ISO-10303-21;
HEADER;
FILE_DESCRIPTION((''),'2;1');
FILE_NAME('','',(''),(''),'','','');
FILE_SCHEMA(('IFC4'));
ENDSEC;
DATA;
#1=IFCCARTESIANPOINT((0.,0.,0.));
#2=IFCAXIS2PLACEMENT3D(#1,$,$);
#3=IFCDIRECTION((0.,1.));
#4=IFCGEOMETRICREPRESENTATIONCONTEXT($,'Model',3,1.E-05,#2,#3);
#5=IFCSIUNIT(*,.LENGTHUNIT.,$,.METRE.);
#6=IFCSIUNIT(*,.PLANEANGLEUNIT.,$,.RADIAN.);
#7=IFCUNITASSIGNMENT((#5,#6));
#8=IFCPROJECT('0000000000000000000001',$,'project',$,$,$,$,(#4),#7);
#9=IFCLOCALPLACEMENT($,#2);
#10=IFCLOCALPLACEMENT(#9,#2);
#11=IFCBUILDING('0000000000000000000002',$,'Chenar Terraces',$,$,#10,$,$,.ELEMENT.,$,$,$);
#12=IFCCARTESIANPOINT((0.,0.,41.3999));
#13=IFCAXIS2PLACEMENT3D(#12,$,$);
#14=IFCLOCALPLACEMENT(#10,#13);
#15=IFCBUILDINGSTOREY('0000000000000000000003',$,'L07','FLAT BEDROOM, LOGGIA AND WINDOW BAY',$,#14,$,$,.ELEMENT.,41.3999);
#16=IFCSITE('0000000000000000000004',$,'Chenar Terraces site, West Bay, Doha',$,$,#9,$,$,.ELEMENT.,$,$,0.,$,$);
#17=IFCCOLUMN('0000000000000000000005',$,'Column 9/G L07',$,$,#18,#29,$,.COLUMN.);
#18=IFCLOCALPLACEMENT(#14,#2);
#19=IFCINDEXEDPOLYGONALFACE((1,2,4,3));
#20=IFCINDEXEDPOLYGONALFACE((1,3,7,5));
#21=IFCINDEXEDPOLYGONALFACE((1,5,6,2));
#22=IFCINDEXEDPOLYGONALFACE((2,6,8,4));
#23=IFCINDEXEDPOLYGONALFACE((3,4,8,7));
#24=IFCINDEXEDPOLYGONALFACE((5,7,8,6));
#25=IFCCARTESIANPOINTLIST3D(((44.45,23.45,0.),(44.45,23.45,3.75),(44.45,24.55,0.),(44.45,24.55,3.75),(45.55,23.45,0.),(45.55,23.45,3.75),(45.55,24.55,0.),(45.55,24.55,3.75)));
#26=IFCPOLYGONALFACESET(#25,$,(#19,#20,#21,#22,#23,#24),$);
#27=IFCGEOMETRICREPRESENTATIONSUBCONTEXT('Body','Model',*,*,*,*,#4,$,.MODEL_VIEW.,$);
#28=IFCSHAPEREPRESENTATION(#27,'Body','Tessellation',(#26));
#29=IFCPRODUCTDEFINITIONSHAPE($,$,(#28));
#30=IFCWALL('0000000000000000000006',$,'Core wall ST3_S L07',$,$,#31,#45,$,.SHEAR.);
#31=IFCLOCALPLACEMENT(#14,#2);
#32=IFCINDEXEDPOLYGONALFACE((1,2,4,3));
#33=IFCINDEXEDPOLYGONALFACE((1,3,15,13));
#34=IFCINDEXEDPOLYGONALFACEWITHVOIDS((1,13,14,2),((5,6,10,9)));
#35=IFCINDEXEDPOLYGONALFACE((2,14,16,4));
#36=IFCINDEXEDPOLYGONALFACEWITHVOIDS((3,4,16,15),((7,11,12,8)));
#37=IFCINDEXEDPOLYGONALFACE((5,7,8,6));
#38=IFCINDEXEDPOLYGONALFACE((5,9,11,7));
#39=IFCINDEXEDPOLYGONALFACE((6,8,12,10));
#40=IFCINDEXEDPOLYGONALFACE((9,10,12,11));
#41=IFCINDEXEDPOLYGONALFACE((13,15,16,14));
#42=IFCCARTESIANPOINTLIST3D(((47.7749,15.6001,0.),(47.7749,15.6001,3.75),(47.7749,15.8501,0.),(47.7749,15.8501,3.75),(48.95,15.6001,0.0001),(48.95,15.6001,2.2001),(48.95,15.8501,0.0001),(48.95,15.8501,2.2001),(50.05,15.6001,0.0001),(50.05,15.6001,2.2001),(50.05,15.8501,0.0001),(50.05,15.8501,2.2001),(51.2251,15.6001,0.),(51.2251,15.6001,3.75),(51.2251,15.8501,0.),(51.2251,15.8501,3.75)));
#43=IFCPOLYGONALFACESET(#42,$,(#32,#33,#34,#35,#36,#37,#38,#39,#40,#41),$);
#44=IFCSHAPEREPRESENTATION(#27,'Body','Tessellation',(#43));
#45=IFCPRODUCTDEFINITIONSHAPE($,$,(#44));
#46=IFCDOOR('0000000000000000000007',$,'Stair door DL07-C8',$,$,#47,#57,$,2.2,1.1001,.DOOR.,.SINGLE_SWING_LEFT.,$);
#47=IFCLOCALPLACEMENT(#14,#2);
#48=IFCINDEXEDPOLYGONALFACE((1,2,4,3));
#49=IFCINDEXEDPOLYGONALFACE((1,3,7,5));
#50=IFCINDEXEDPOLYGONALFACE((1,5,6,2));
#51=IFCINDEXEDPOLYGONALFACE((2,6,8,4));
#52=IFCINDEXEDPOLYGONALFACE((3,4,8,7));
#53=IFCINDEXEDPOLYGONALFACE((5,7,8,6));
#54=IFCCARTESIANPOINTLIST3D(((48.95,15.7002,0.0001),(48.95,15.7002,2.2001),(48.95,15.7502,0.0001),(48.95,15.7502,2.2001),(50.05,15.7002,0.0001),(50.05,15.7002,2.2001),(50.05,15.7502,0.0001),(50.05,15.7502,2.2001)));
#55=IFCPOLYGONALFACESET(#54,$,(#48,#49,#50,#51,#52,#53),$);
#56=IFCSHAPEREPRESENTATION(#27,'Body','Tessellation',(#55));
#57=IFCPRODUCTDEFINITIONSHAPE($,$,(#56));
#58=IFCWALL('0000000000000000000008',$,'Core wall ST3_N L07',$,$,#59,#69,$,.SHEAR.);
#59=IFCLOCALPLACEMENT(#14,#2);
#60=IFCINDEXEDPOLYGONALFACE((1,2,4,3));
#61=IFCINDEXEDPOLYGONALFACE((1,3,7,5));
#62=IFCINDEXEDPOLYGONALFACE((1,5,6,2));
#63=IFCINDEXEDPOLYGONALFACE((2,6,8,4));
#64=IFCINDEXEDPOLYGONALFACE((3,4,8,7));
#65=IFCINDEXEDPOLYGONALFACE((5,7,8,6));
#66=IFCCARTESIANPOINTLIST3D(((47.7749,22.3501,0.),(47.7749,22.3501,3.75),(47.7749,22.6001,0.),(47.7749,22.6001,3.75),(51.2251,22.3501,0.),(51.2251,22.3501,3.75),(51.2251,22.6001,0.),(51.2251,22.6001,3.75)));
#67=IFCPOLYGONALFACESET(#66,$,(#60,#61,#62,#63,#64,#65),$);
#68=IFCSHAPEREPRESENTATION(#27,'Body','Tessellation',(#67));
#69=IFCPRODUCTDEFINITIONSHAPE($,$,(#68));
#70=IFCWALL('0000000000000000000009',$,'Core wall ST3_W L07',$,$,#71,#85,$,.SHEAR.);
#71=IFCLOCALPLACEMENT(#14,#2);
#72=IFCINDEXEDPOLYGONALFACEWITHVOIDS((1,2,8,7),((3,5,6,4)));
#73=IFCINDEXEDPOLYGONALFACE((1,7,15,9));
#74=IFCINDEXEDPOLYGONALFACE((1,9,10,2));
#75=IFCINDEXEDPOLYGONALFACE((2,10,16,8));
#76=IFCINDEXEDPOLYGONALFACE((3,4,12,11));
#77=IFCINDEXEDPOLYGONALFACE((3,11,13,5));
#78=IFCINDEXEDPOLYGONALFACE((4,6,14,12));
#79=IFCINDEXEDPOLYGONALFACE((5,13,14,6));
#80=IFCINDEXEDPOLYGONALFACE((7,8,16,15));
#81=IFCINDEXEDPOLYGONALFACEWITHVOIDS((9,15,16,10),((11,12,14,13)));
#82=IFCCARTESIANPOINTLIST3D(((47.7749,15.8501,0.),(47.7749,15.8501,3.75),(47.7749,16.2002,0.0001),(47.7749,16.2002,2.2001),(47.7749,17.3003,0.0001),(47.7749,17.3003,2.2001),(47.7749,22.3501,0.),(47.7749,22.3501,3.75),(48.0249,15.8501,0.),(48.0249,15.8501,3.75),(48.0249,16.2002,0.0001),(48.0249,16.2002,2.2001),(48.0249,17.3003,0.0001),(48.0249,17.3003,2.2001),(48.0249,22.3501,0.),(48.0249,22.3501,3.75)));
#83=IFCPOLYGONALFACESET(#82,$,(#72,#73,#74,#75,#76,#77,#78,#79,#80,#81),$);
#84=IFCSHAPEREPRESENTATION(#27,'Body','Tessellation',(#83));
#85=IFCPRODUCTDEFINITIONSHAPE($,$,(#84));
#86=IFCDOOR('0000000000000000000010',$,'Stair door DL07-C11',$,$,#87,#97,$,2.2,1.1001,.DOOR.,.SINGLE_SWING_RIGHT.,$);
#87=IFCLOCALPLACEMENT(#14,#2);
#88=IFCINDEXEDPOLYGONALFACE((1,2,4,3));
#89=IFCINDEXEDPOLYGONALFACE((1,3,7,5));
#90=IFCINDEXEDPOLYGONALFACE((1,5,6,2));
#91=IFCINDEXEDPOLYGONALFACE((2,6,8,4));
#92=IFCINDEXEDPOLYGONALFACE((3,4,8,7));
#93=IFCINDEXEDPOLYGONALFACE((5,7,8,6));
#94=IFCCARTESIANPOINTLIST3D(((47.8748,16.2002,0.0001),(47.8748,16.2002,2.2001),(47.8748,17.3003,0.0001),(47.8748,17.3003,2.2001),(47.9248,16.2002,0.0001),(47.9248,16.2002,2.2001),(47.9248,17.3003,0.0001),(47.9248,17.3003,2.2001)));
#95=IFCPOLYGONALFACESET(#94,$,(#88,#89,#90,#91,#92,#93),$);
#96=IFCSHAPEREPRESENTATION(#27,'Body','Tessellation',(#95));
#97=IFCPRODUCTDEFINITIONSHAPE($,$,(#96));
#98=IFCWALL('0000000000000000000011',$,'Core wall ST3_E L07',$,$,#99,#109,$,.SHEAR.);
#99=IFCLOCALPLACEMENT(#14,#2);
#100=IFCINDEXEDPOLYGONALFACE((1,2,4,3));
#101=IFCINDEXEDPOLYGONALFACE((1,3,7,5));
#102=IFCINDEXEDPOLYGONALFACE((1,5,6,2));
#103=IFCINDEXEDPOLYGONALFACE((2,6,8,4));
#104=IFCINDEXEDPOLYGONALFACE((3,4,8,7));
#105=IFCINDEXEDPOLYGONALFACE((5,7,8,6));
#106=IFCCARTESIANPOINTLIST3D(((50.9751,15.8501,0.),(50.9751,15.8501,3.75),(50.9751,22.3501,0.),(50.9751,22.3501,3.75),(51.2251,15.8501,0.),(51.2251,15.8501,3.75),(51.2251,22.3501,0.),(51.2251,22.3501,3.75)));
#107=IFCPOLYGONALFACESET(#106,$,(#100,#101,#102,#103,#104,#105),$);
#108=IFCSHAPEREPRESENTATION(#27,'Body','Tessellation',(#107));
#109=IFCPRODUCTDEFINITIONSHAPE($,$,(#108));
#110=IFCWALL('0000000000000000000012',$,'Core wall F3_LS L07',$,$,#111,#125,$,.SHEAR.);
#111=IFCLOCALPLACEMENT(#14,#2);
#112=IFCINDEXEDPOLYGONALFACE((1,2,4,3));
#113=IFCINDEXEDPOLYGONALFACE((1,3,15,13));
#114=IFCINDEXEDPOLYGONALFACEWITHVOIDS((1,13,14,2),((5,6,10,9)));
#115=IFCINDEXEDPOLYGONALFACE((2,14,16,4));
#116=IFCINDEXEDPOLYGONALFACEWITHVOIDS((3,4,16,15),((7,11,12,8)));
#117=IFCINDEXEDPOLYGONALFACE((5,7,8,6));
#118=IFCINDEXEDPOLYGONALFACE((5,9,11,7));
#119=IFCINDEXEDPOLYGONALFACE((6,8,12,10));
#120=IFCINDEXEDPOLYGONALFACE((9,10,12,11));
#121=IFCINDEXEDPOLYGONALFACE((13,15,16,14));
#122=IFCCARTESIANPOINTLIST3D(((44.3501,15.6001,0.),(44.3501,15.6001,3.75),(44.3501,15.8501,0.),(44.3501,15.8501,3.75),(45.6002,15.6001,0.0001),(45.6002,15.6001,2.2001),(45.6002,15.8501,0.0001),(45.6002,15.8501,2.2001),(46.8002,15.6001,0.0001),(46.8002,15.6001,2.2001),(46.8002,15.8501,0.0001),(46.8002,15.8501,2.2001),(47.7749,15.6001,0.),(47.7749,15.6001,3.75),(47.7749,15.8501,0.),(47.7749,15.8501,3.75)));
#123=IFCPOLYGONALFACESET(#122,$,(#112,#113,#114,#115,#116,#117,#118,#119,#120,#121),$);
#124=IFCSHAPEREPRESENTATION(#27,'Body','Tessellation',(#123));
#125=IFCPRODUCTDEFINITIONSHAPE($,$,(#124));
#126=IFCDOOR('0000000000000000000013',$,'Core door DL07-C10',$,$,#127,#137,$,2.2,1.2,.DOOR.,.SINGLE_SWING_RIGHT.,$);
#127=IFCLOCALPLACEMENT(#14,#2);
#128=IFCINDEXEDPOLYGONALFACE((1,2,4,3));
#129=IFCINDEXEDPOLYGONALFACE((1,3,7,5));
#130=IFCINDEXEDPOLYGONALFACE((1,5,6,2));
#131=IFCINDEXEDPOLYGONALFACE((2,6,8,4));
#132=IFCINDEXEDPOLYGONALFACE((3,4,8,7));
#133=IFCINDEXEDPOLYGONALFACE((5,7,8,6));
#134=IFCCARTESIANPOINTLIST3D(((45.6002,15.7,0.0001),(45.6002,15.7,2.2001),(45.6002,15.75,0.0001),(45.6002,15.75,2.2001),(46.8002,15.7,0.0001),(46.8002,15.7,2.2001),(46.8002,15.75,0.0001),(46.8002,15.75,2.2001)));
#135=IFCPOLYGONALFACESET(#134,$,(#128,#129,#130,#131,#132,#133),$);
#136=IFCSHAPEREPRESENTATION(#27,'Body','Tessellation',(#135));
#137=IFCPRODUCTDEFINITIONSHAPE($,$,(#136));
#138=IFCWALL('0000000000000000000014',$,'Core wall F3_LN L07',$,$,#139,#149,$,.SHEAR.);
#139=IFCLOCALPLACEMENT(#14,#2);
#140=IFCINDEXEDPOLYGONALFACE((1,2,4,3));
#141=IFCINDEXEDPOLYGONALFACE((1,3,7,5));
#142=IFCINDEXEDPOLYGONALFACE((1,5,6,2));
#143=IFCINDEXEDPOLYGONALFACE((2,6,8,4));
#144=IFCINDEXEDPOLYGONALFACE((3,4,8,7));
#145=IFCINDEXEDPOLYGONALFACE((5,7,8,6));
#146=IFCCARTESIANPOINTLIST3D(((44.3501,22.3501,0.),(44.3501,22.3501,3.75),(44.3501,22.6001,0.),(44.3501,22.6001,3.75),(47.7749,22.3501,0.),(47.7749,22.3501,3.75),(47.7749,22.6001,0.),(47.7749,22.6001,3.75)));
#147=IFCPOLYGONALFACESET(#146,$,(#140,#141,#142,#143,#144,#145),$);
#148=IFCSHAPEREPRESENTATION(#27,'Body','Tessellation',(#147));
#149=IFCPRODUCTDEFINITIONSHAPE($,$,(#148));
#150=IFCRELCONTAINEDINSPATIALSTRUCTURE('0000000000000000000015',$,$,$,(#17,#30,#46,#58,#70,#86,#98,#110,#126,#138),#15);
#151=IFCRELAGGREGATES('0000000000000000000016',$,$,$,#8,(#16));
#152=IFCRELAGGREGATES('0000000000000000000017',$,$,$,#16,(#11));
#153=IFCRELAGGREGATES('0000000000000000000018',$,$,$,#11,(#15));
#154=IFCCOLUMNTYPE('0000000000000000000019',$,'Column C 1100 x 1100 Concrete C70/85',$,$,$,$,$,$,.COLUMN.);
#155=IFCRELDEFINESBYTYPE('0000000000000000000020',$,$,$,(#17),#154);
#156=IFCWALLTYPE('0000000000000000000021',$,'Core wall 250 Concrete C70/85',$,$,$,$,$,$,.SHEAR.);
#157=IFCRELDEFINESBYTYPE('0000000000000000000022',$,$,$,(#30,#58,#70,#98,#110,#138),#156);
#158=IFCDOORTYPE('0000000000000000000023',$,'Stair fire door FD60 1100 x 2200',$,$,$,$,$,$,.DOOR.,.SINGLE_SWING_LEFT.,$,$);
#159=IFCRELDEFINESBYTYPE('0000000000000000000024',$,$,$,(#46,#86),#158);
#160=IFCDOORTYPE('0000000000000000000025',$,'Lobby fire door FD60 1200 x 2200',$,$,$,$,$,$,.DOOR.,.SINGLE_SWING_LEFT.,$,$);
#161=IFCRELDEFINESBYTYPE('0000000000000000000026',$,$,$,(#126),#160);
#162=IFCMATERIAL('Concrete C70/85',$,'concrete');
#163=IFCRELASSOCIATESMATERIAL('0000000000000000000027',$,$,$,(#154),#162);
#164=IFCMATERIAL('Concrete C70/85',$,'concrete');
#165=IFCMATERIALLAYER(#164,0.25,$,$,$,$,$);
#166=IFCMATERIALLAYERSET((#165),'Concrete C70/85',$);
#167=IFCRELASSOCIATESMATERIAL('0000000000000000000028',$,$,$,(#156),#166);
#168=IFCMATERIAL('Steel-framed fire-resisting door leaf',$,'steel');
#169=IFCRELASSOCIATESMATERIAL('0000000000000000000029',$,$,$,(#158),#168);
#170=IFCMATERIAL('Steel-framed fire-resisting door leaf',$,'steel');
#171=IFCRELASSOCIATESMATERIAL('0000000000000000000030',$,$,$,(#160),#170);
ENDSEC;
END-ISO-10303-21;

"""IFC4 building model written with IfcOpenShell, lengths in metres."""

from ifc_helpers import new_model, si_unit, direction, frame, frame_2d, origin, origin_2d, place, context, subcontext, project, spatial, rectangle, extrude, material, layer, layer_set, material_profile, profile_set, type_object, element, fill, save


model = new_model("IFC4")

# Units and contexts
model_context = context("Model", 3, precision=1e-05, world=origin(), true_north=direction((0.0, 1.0)))
body_context = subcontext(model_context, "Body", "Model", "MODEL_VIEW")
ifc_project = project(units=[si_unit("LENGTHUNIT", "METRE"), si_unit("PLANEANGLEUNIT", "RADIAN")], contexts=[model_context])

# Site, building, storey
site_placement = place(None, origin())
site = spatial("IfcSite", under=ifc_project, at=site_placement, Name="Chenar Terraces site, West Bay, Doha", CompositionType="ELEMENT", RefElevation=0.0)
building_placement = place(site_placement, origin())
building = spatial("IfcBuilding", under=site, at=building_placement, Name="Chenar Terraces", CompositionType="ELEMENT")
storey_placement = place(building_placement, frame((0.0, 0.0, 41.3999)))
storey = spatial("IfcBuildingStorey", under=building, at=storey_placement, Name="L07", Description="FLAT BEDROOM, LOGGIA AND WINDOW BAY", CompositionType="ELEMENT", Elevation=41.3999)

# Column
ifc_material_1 = material(Name="Concrete C70/85", Category="concrete")
ifc_material_profile_1 = material_profile(ifc_material_1, rectangle(XDim=1.1001, YDim=1.1001, at=origin_2d()), Name="C 1100 x 1100")
ifc_profile_set_1 = profile_set([ifc_material_profile_1], Name="Concrete C70/85")
column_type = type_object("IfcColumnType", Name="Column C 1100 x 1100 Concrete C70/85", PredefinedType="COLUMN", material=ifc_profile_set_1)
column_placement = place(storey_placement, frame((45.0, 24.0, 0.0), z_axis=(0.0, 0.0, 1.0), x_axis=(1.0, 0.0, 0.0)))
element("IfcColumn", 1, at=column_placement, inside=storey, type_object=column_type, Name="Column 9/G L07", PredefinedType="COLUMN", context=body_context, shape_type="SweptSolid", body=[
    extrude(rectangle(XDim=1.1001, YDim=1.1001, at=origin_2d()), origin(), (0.0, 0.0, 1.0), 3.75),
])

# Wall, opening, door
ifc_material_2 = material(Name="Concrete C70/85", Category="concrete")
ifc_layer_1 = layer(ifc_material_2, 0.25)
ifc_layer_set_1 = layer_set([ifc_layer_1], Name="Concrete C70/85")
wall_type_1 = type_object("IfcWallType", Name="Core wall 250 Concrete C70/85", PredefinedType="SHEAR", material=ifc_layer_set_1)
wall_1_placement = place(storey_placement, frame((47.7749, 15.7251, 0.0), z_axis=(0.0, 0.0, 1.0), x_axis=(1.0, 0.0, 0.0)))
wall_1 = element("IfcWall", 2, at=wall_1_placement, inside=storey, type_object=wall_type_1, Name="Core wall ST3_S L07", PredefinedType="SHEAR", context=body_context, shape_type="SweptSolid", body=[
    extrude(rectangle(XDim=3.4502, YDim=0.25, at=frame_2d((1.7251, 0.0))), origin(), (0.0, 0.0, 1.0), 3.75),
])
opening_1_placement = place(wall_1_placement, frame((1.175, 0.0, 0.0)))
opening_1 = element("IfcOpeningElement", 3, at=opening_1_placement, cuts=wall_1, PredefinedType="OPENING", context=body_context, shape_type="SweptSolid", body=[
    extrude(rectangle(XDim=1.1001, YDim=2.2, at=frame_2d((0.55, 1.1001))), frame((0.0, 0.135, 0.0), z_axis=(0.0, -1.0, 0.0), x_axis=(1.0, 0.0, 0.0)), (0.0, 0.0, 1.0), 0.27),
])
ifc_material_3 = material(Name="Steel-framed fire-resisting door leaf", Category="steel")
door_type_1 = type_object("IfcDoorType", Name="Stair fire door FD60 1100 x 2200", OperationType="SINGLE_SWING_LEFT", PredefinedType="DOOR", material=ifc_material_3)
door_1_placement = place(opening_1_placement, frame((1.1001, 0.0, 0.0), z_axis=(0.0, 0.0, 1.0), x_axis=(-1.0, 0.0, 0.0)))
door_1 = element("IfcDoor", 4, at=door_1_placement, inside=storey, type_object=door_type_1, Name="Stair door DL07-C8", OperationType="SINGLE_SWING_LEFT", OverallHeight=2.2, OverallWidth=1.1001, PredefinedType="DOOR", context=body_context, shape_type="SweptSolid", body=[
    extrude(rectangle(XDim=1.1001, YDim=2.2, at=frame_2d((0.55, 1.1001))), frame((0.0, 0.0249, 0.0), z_axis=(0.0, -1.0, 0.0), x_axis=(1.0, 0.0, 0.0)), (0.0, 0.0, 1.0), 0.05),
])
fill(opening_1, door_1)

# Wall
wall_2_placement = place(storey_placement, frame((47.7749, 22.4751, 0.0), z_axis=(0.0, 0.0, 1.0), x_axis=(1.0, 0.0, 0.0)))
element("IfcWall", 5, at=wall_2_placement, inside=storey, type_object=wall_type_1, Name="Core wall ST3_N L07", PredefinedType="SHEAR", context=body_context, shape_type="SweptSolid", body=[
    extrude(rectangle(XDim=3.4502, YDim=0.25, at=frame_2d((1.7251, 0.0))), origin(), (0.0, 0.0, 1.0), 3.75),
])

# Wall, opening, door
wall_3_placement = place(storey_placement, frame((47.8999, 15.8501, 0.0), z_axis=(0.0, 0.0, 1.0), x_axis=(0.0, 1.0, 0.0)))
wall_3 = element("IfcWall", 6, at=wall_3_placement, inside=storey, type_object=wall_type_1, Name="Core wall ST3_W L07", PredefinedType="SHEAR", context=body_context, shape_type="SweptSolid", body=[
    extrude(rectangle(XDim=6.5, YDim=0.25, at=frame_2d((3.25, 0.0))), origin(), (0.0, 0.0, 1.0), 3.75),
])
opening_2_placement = place(wall_3_placement, frame((0.3501, 0.0, 0.0)))
opening_2 = element("IfcOpeningElement", 7, at=opening_2_placement, cuts=wall_3, PredefinedType="OPENING", context=body_context, shape_type="SweptSolid", body=[
    extrude(rectangle(XDim=1.1001, YDim=2.2, at=frame_2d((0.55, 1.1001))), frame((0.0, 0.135, 0.0), z_axis=(0.0, -1.0, 0.0), x_axis=(1.0, 0.0, 0.0)), (0.0, 0.0, 1.0), 0.27),
])
door_2_placement = place(opening_2_placement, frame((1.1001, 0.0, 0.0), z_axis=(0.0, 0.0, 1.0), x_axis=(-1.0, 0.0, 0.0)))
door_2 = element("IfcDoor", 8, at=door_2_placement, inside=storey, type_object=door_type_1, Name="Stair door DL07-C11", OperationType="SINGLE_SWING_RIGHT", OverallHeight=2.2, OverallWidth=1.1001, PredefinedType="DOOR", context=body_context, shape_type="SweptSolid", body=[
    extrude(rectangle(XDim=1.1001, YDim=2.2, at=frame_2d((0.55, 1.1001))), frame((0.0, 0.0249, 0.0), z_axis=(0.0, -1.0, 0.0), x_axis=(1.0, 0.0, 0.0)), (0.0, 0.0, 1.0), 0.05),
])
fill(opening_2, door_2)

# Wall
wall_4_placement = place(storey_placement, frame((51.1001, 15.8501, 0.0), z_axis=(0.0, 0.0, 1.0), x_axis=(0.0, 1.0, 0.0)))
element("IfcWall", 9, at=wall_4_placement, inside=storey, type_object=wall_type_1, Name="Core wall ST3_E L07", PredefinedType="SHEAR", context=body_context, shape_type="SweptSolid", body=[
    extrude(rectangle(XDim=6.5, YDim=0.25, at=frame_2d((3.25, 0.0))), origin(), (0.0, 0.0, 1.0), 3.75),
])

# Wall, opening, door
wall_5_placement = place(storey_placement, frame((44.3501, 15.7251, 0.0), z_axis=(0.0, 0.0, 1.0), x_axis=(1.0, 0.0, 0.0)))
wall_5 = element("IfcWall", 10, at=wall_5_placement, inside=storey, type_object=wall_type_1, Name="Core wall F3_LS L07", PredefinedType="SHEAR", context=body_context, shape_type="SweptSolid", body=[
    extrude(rectangle(XDim=3.4248, YDim=0.25, at=frame_2d((1.7124, 0.0))), origin(), (0.0, 0.0, 1.0), 3.75),
])
opening_3_placement = place(wall_5_placement, frame((1.25, 0.0, 0.0)))
opening_3 = element("IfcOpeningElement", 11, at=opening_3_placement, cuts=wall_5, PredefinedType="OPENING", context=body_context, shape_type="SweptSolid", body=[
    extrude(rectangle(XDim=1.2, YDim=2.2, at=frame_2d((0.6001, 1.1001))), frame((0.0, 0.135, 0.0), z_axis=(0.0, -1.0, 0.0), x_axis=(1.0, 0.0, 0.0)), (0.0, 0.0, 1.0), 0.27),
])
ifc_material_4 = material(Name="Steel-framed fire-resisting door leaf", Category="steel")
door_type_2 = type_object("IfcDoorType", Name="Lobby fire door FD60 1200 x 2200", OperationType="SINGLE_SWING_LEFT", PredefinedType="DOOR", material=ifc_material_4)
door_3_placement = place(opening_3_placement, origin())
door_3 = element("IfcDoor", 12, at=door_3_placement, inside=storey, type_object=door_type_2, Name="Core door DL07-C10", OperationType="SINGLE_SWING_RIGHT", OverallHeight=2.2, OverallWidth=1.2, PredefinedType="DOOR", context=body_context, shape_type="SweptSolid", body=[
    extrude(rectangle(XDim=1.2, YDim=2.2, at=frame_2d((0.6001, 1.1001))), frame((0.0, 0.0249, 0.0), z_axis=(0.0, -1.0, 0.0), x_axis=(1.0, 0.0, 0.0)), (0.0, 0.0, 1.0), 0.05),
])
fill(opening_3, door_3)

# Wall
wall_6_placement = place(storey_placement, frame((44.3501, 22.4751, 0.0), z_axis=(0.0, 0.0, 1.0), x_axis=(1.0, 0.0, 0.0)))
element("IfcWall", 13, at=wall_6_placement, inside=storey, type_object=wall_type_1, Name="Core wall F3_LN L07", PredefinedType="SHEAR", context=body_context, shape_type="SweptSolid", body=[
    extrude(rectangle(XDim=3.4248, YDim=0.25, at=frame_2d((1.7124, 0.0))), origin(), (0.0, 0.0, 1.0), 3.75),
])

save(model, "model.ifc")
